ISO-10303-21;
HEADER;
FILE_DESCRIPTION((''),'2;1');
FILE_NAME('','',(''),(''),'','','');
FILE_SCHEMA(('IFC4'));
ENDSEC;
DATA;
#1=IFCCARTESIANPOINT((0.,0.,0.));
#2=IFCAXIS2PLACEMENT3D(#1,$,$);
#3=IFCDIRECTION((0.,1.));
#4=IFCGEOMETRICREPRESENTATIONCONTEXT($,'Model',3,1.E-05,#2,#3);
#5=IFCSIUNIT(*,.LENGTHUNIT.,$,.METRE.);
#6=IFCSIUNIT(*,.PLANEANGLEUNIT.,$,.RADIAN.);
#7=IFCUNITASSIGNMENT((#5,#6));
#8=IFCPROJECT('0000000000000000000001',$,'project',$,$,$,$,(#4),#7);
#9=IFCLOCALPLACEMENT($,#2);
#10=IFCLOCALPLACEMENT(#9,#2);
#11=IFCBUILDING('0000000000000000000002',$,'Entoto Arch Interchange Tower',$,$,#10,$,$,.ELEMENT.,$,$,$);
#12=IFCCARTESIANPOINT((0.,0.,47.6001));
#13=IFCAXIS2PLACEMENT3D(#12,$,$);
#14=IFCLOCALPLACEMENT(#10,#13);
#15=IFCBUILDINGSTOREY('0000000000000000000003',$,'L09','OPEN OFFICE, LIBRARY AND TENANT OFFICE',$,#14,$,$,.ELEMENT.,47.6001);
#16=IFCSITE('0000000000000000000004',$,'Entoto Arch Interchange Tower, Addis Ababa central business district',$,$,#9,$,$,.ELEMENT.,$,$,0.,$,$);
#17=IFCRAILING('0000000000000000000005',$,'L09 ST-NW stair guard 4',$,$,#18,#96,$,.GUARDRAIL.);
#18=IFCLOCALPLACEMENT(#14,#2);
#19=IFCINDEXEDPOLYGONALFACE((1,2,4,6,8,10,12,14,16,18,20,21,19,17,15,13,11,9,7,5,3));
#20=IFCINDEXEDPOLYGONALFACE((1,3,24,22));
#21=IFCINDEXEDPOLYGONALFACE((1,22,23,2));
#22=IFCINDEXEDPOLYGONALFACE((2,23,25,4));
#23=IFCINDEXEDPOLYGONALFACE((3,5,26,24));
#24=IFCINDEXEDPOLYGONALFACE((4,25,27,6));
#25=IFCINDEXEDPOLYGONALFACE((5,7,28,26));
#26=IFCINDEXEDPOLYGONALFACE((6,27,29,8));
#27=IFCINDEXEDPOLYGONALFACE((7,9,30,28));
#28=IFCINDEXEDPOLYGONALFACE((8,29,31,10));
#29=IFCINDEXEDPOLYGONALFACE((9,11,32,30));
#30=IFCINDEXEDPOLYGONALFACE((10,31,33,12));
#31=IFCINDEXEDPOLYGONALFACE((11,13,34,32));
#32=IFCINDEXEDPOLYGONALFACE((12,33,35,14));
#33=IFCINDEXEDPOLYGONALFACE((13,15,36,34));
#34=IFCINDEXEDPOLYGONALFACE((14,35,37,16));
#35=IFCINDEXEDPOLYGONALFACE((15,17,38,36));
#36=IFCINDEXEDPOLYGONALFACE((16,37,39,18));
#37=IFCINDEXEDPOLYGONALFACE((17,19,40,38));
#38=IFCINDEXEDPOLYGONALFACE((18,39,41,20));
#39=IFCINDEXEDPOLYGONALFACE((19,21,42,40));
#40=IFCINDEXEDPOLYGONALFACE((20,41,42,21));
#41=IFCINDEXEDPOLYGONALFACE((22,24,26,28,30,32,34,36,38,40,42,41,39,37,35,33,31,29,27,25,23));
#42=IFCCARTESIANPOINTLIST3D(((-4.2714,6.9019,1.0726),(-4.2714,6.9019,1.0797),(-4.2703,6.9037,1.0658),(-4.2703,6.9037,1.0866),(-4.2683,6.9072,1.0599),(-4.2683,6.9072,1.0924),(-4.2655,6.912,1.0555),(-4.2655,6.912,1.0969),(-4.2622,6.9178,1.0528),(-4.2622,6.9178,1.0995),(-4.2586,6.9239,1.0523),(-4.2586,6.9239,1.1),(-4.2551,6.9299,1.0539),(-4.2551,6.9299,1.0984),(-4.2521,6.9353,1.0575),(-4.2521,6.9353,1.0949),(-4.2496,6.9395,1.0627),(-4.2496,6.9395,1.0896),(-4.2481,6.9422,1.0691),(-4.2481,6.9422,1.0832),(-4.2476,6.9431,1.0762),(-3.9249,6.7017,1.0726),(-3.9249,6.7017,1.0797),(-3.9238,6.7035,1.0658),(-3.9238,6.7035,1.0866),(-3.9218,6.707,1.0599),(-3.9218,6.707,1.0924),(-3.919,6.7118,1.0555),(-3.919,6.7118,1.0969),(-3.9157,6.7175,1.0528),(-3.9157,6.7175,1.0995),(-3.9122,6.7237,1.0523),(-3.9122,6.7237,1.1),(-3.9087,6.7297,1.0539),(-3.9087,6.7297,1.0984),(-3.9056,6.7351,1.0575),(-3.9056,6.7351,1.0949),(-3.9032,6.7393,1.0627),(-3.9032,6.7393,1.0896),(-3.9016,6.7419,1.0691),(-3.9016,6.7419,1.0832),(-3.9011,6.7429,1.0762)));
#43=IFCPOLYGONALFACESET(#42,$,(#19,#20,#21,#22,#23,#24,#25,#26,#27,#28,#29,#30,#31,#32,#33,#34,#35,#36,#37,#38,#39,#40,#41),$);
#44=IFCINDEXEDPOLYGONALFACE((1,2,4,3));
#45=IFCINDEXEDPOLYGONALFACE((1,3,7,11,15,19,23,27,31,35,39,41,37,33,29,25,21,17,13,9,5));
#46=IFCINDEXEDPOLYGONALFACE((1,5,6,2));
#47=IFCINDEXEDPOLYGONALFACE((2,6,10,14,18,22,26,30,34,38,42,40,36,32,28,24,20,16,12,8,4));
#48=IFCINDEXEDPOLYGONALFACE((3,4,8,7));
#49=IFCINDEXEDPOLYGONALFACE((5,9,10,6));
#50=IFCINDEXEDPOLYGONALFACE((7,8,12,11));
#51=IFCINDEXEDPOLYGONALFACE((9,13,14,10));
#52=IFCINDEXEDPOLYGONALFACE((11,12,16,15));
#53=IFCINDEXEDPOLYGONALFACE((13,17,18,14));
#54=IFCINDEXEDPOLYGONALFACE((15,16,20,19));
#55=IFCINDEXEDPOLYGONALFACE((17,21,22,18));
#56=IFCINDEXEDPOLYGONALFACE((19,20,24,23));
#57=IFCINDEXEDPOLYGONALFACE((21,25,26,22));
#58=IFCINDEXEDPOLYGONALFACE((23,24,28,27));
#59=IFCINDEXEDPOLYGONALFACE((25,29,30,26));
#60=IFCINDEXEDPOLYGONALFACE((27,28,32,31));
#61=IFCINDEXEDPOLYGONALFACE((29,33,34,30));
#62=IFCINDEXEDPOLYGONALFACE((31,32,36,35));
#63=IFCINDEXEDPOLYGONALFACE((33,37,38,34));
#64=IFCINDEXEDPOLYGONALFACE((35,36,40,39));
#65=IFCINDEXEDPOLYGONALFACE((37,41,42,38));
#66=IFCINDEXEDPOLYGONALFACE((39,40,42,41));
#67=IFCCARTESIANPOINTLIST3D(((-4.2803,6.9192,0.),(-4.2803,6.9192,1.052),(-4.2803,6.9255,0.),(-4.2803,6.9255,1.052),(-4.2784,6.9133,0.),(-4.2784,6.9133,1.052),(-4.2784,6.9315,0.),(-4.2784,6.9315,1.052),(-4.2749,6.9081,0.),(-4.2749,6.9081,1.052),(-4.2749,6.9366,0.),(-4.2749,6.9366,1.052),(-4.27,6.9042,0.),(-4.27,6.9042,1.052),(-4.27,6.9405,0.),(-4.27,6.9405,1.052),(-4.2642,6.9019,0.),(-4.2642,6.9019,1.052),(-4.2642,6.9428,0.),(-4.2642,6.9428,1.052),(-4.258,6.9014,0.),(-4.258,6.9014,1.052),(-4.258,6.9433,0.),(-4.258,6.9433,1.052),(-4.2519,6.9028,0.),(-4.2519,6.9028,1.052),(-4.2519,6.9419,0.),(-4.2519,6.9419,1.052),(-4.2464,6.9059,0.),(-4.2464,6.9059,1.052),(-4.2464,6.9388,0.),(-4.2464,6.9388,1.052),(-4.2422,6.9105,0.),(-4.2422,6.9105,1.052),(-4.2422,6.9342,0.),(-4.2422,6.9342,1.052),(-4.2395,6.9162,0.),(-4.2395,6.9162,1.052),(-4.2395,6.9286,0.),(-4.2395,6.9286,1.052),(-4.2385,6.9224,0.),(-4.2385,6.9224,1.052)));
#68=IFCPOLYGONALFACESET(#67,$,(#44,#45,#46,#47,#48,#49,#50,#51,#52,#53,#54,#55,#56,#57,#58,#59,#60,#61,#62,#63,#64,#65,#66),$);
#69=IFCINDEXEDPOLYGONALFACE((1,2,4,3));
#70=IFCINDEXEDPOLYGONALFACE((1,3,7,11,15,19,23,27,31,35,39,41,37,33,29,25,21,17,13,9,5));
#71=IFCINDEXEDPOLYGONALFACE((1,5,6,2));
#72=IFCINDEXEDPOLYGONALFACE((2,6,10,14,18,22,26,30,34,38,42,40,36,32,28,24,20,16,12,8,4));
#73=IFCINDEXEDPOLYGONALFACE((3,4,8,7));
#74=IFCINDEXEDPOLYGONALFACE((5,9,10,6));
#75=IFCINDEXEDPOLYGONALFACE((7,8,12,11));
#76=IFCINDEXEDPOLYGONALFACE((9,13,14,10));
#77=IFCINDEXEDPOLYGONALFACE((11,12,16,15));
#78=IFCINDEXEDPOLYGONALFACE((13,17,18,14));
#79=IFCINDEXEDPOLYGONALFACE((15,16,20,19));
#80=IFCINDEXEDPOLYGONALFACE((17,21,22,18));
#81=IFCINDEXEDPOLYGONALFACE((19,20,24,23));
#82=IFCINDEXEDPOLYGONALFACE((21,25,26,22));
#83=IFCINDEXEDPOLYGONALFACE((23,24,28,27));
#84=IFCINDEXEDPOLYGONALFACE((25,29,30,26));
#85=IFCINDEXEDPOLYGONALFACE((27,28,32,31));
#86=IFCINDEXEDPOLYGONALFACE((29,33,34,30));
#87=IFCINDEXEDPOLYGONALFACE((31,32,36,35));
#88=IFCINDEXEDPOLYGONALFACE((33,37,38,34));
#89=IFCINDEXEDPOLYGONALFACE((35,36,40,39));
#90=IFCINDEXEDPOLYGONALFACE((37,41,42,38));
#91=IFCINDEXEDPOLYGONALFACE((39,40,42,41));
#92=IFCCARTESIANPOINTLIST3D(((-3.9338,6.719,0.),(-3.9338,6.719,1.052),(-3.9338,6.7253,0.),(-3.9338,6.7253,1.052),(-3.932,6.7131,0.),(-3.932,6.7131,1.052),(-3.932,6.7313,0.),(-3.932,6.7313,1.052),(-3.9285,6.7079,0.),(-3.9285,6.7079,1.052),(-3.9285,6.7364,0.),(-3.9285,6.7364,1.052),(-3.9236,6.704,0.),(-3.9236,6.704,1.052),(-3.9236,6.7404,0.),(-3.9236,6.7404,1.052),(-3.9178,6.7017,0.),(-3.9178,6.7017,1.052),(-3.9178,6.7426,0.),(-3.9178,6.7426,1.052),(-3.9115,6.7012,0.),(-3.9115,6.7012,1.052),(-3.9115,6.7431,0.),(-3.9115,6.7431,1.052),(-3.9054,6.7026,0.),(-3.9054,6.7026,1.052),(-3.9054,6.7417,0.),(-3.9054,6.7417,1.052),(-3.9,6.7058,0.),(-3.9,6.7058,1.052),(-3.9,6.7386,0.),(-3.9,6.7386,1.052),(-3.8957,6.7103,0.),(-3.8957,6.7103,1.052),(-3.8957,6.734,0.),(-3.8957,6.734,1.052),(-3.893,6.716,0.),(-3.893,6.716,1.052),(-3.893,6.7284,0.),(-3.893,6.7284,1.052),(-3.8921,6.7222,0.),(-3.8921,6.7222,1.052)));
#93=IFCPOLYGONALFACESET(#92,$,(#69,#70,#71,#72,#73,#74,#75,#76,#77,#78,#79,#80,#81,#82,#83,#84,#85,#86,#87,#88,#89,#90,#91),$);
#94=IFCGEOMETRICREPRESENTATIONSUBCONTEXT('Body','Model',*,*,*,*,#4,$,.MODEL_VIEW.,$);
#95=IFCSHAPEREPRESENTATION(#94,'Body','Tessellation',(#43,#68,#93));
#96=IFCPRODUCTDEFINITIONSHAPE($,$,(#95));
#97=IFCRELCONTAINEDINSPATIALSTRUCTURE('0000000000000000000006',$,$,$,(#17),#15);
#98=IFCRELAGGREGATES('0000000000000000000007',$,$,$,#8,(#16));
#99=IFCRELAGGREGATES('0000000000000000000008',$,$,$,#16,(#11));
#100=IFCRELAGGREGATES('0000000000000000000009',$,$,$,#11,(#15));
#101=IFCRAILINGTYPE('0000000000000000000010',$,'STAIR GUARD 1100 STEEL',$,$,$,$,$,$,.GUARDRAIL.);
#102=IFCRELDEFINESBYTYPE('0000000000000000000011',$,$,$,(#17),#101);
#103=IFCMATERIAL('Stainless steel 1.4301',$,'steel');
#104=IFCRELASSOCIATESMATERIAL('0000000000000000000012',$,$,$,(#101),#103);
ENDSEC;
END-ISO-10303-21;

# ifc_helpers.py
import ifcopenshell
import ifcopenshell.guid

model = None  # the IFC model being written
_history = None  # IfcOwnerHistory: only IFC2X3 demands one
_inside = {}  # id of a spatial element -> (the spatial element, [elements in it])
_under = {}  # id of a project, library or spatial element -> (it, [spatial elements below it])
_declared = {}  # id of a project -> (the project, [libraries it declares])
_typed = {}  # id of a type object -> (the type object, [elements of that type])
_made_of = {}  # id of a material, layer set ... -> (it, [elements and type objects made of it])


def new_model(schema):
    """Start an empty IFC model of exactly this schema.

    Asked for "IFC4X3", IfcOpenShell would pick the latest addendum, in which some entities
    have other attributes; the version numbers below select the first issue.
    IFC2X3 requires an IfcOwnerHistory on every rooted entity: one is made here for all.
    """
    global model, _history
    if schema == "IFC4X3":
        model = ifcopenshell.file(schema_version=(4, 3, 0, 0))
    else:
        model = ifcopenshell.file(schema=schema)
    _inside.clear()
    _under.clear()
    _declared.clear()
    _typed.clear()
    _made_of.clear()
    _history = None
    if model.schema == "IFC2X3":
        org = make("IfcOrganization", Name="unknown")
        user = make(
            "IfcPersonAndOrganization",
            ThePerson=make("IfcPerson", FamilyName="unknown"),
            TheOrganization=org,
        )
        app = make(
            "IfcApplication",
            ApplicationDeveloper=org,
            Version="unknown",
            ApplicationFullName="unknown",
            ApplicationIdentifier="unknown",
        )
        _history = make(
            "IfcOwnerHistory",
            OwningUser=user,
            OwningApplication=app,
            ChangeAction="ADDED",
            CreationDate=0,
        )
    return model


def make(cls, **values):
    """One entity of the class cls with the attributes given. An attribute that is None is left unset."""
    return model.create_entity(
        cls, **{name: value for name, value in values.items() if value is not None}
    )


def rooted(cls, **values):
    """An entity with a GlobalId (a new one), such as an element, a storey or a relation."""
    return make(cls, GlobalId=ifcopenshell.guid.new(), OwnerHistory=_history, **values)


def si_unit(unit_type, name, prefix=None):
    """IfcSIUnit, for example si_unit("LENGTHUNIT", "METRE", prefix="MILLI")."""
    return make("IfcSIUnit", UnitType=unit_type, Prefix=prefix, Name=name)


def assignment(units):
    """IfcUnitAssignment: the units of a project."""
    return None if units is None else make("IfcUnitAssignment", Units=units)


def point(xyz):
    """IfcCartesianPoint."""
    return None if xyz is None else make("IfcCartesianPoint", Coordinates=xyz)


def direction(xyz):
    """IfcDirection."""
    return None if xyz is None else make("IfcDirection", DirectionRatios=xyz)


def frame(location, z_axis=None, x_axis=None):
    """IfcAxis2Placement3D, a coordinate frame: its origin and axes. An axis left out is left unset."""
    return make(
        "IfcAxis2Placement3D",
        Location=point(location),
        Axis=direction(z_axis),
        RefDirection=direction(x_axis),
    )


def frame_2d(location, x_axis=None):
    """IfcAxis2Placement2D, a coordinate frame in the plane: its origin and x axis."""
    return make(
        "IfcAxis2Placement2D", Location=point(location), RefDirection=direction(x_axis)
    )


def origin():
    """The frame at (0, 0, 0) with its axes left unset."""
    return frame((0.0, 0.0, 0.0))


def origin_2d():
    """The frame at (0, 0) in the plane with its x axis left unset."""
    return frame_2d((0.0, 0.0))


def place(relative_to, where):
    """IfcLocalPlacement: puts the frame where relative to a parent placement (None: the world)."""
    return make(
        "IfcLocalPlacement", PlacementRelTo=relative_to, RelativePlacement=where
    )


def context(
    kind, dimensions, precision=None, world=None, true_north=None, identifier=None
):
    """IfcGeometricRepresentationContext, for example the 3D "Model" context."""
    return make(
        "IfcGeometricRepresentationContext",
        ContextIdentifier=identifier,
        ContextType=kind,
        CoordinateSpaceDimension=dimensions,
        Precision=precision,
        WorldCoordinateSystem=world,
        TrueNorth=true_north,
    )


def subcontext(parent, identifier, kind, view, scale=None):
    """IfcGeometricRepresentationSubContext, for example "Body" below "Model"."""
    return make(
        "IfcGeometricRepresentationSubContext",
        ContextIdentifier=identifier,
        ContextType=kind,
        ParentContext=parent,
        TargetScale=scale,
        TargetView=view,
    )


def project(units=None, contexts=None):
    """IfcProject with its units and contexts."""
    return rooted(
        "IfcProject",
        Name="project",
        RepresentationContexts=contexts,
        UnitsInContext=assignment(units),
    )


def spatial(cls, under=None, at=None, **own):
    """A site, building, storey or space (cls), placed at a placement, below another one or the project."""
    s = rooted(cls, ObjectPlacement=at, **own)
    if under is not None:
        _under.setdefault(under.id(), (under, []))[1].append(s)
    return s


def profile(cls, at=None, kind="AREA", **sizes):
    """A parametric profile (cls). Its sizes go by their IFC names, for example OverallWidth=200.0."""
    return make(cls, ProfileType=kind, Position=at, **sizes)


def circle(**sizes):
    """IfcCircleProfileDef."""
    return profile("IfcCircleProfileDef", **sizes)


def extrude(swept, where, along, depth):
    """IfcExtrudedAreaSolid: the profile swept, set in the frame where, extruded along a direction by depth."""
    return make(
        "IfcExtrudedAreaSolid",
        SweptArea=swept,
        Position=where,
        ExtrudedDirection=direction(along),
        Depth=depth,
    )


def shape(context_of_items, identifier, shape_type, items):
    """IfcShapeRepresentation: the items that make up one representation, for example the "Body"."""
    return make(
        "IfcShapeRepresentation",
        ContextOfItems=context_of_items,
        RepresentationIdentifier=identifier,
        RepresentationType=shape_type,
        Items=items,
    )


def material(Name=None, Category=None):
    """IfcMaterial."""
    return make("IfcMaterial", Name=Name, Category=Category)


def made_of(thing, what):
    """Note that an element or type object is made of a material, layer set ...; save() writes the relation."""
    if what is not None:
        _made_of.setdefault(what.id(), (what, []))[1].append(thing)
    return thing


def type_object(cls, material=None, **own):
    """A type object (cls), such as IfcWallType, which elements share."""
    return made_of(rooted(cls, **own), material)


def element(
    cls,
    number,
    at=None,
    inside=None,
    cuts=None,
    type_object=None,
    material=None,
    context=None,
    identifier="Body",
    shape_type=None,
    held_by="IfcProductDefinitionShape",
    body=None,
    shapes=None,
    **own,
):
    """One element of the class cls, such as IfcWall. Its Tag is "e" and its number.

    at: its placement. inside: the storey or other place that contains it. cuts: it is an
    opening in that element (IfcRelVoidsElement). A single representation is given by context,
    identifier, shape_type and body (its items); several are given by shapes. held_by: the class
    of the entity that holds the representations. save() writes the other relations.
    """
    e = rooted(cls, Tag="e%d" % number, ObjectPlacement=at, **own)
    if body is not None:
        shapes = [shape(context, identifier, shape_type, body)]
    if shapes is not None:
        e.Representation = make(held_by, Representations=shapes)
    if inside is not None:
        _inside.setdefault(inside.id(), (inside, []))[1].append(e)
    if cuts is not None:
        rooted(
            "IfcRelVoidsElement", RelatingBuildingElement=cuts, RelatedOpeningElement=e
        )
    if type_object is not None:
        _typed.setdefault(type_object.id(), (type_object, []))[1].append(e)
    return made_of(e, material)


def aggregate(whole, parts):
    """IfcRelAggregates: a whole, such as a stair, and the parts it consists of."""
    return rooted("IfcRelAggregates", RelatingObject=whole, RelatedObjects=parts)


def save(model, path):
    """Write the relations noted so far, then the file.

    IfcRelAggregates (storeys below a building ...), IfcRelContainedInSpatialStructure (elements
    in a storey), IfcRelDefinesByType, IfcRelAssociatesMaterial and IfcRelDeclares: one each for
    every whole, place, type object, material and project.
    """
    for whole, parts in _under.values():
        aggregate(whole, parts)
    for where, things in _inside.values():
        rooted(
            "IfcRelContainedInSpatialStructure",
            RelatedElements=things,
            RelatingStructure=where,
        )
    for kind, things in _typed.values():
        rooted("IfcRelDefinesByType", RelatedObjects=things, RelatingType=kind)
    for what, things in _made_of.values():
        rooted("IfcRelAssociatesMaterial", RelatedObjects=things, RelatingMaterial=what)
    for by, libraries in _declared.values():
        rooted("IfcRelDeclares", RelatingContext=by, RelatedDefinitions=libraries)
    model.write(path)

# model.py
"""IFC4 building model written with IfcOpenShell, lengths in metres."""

from ifc_helpers import new_model, si_unit, direction, frame, origin, origin_2d, place, context, subcontext, project, spatial, circle, extrude, material, type_object, element, save


model = new_model("IFC4")

# Units and contexts
model_context = context("Model", 3, precision=1e-05, world=origin(), true_north=direction((0.0, 1.0)))
body_context = subcontext(model_context, "Body", "Model", "MODEL_VIEW")
ifc_project = project(units=[si_unit("LENGTHUNIT", "METRE"), si_unit("PLANEANGLEUNIT", "RADIAN")], contexts=[model_context])

# Site, building, storey
site_placement = place(None, origin())
site = spatial("IfcSite", under=ifc_project, at=site_placement, Name="Entoto Arch Interchange Tower, Addis Ababa central business district", CompositionType="ELEMENT", RefElevation=0.0)
building_placement = place(site_placement, origin())
building = spatial("IfcBuilding", under=site, at=building_placement, Name="Entoto Arch Interchange Tower", CompositionType="ELEMENT")
storey_placement = place(building_placement, frame((0.0, 0.0, 47.6001)))
storey = spatial("IfcBuildingStorey", under=building, at=storey_placement, Name="L09", Description="OPEN OFFICE, LIBRARY AND TENANT OFFICE", CompositionType="ELEMENT", Elevation=47.6001)

# Railing
ifc_material_1 = material(Name="Stainless steel 1.4301", Category="steel")
railing_type_1 = type_object("IfcRailingType", Name="STAIR GUARD 1100 STEEL", PredefinedType="GUARDRAIL", material=ifc_material_1)
railing_1_placement = place(storey_placement, frame((-4.2595, 6.9224, 0.0)))
element("IfcRailing", 1, at=railing_1_placement, inside=storey, type_object=railing_type_1, Name="L09 ST-NW stair guard 4", PredefinedType="GUARDRAIL", context=body_context, shape_type="SweptSolid", body=[
    extrude(circle(Radius=0.0239, at=origin_2d()), frame((0.0, 0.0, 1.0762), z_axis=(0.86583, -0.500339, 0.0), x_axis=(0.500339, 0.86583, 0.0)), (0.0, 0.0, 1.0), 0.4001),
    extrude(circle(Radius=0.021, at=origin_2d()), origin(), (0.0, 0.0, 1.0), 1.052),
    extrude(circle(Radius=0.021, at=origin_2d()), frame((0.3464, -0.2002, 0.0)), (0.0, 0.0, 1.0), 1.052),
])

save(model, "model.ifc")
